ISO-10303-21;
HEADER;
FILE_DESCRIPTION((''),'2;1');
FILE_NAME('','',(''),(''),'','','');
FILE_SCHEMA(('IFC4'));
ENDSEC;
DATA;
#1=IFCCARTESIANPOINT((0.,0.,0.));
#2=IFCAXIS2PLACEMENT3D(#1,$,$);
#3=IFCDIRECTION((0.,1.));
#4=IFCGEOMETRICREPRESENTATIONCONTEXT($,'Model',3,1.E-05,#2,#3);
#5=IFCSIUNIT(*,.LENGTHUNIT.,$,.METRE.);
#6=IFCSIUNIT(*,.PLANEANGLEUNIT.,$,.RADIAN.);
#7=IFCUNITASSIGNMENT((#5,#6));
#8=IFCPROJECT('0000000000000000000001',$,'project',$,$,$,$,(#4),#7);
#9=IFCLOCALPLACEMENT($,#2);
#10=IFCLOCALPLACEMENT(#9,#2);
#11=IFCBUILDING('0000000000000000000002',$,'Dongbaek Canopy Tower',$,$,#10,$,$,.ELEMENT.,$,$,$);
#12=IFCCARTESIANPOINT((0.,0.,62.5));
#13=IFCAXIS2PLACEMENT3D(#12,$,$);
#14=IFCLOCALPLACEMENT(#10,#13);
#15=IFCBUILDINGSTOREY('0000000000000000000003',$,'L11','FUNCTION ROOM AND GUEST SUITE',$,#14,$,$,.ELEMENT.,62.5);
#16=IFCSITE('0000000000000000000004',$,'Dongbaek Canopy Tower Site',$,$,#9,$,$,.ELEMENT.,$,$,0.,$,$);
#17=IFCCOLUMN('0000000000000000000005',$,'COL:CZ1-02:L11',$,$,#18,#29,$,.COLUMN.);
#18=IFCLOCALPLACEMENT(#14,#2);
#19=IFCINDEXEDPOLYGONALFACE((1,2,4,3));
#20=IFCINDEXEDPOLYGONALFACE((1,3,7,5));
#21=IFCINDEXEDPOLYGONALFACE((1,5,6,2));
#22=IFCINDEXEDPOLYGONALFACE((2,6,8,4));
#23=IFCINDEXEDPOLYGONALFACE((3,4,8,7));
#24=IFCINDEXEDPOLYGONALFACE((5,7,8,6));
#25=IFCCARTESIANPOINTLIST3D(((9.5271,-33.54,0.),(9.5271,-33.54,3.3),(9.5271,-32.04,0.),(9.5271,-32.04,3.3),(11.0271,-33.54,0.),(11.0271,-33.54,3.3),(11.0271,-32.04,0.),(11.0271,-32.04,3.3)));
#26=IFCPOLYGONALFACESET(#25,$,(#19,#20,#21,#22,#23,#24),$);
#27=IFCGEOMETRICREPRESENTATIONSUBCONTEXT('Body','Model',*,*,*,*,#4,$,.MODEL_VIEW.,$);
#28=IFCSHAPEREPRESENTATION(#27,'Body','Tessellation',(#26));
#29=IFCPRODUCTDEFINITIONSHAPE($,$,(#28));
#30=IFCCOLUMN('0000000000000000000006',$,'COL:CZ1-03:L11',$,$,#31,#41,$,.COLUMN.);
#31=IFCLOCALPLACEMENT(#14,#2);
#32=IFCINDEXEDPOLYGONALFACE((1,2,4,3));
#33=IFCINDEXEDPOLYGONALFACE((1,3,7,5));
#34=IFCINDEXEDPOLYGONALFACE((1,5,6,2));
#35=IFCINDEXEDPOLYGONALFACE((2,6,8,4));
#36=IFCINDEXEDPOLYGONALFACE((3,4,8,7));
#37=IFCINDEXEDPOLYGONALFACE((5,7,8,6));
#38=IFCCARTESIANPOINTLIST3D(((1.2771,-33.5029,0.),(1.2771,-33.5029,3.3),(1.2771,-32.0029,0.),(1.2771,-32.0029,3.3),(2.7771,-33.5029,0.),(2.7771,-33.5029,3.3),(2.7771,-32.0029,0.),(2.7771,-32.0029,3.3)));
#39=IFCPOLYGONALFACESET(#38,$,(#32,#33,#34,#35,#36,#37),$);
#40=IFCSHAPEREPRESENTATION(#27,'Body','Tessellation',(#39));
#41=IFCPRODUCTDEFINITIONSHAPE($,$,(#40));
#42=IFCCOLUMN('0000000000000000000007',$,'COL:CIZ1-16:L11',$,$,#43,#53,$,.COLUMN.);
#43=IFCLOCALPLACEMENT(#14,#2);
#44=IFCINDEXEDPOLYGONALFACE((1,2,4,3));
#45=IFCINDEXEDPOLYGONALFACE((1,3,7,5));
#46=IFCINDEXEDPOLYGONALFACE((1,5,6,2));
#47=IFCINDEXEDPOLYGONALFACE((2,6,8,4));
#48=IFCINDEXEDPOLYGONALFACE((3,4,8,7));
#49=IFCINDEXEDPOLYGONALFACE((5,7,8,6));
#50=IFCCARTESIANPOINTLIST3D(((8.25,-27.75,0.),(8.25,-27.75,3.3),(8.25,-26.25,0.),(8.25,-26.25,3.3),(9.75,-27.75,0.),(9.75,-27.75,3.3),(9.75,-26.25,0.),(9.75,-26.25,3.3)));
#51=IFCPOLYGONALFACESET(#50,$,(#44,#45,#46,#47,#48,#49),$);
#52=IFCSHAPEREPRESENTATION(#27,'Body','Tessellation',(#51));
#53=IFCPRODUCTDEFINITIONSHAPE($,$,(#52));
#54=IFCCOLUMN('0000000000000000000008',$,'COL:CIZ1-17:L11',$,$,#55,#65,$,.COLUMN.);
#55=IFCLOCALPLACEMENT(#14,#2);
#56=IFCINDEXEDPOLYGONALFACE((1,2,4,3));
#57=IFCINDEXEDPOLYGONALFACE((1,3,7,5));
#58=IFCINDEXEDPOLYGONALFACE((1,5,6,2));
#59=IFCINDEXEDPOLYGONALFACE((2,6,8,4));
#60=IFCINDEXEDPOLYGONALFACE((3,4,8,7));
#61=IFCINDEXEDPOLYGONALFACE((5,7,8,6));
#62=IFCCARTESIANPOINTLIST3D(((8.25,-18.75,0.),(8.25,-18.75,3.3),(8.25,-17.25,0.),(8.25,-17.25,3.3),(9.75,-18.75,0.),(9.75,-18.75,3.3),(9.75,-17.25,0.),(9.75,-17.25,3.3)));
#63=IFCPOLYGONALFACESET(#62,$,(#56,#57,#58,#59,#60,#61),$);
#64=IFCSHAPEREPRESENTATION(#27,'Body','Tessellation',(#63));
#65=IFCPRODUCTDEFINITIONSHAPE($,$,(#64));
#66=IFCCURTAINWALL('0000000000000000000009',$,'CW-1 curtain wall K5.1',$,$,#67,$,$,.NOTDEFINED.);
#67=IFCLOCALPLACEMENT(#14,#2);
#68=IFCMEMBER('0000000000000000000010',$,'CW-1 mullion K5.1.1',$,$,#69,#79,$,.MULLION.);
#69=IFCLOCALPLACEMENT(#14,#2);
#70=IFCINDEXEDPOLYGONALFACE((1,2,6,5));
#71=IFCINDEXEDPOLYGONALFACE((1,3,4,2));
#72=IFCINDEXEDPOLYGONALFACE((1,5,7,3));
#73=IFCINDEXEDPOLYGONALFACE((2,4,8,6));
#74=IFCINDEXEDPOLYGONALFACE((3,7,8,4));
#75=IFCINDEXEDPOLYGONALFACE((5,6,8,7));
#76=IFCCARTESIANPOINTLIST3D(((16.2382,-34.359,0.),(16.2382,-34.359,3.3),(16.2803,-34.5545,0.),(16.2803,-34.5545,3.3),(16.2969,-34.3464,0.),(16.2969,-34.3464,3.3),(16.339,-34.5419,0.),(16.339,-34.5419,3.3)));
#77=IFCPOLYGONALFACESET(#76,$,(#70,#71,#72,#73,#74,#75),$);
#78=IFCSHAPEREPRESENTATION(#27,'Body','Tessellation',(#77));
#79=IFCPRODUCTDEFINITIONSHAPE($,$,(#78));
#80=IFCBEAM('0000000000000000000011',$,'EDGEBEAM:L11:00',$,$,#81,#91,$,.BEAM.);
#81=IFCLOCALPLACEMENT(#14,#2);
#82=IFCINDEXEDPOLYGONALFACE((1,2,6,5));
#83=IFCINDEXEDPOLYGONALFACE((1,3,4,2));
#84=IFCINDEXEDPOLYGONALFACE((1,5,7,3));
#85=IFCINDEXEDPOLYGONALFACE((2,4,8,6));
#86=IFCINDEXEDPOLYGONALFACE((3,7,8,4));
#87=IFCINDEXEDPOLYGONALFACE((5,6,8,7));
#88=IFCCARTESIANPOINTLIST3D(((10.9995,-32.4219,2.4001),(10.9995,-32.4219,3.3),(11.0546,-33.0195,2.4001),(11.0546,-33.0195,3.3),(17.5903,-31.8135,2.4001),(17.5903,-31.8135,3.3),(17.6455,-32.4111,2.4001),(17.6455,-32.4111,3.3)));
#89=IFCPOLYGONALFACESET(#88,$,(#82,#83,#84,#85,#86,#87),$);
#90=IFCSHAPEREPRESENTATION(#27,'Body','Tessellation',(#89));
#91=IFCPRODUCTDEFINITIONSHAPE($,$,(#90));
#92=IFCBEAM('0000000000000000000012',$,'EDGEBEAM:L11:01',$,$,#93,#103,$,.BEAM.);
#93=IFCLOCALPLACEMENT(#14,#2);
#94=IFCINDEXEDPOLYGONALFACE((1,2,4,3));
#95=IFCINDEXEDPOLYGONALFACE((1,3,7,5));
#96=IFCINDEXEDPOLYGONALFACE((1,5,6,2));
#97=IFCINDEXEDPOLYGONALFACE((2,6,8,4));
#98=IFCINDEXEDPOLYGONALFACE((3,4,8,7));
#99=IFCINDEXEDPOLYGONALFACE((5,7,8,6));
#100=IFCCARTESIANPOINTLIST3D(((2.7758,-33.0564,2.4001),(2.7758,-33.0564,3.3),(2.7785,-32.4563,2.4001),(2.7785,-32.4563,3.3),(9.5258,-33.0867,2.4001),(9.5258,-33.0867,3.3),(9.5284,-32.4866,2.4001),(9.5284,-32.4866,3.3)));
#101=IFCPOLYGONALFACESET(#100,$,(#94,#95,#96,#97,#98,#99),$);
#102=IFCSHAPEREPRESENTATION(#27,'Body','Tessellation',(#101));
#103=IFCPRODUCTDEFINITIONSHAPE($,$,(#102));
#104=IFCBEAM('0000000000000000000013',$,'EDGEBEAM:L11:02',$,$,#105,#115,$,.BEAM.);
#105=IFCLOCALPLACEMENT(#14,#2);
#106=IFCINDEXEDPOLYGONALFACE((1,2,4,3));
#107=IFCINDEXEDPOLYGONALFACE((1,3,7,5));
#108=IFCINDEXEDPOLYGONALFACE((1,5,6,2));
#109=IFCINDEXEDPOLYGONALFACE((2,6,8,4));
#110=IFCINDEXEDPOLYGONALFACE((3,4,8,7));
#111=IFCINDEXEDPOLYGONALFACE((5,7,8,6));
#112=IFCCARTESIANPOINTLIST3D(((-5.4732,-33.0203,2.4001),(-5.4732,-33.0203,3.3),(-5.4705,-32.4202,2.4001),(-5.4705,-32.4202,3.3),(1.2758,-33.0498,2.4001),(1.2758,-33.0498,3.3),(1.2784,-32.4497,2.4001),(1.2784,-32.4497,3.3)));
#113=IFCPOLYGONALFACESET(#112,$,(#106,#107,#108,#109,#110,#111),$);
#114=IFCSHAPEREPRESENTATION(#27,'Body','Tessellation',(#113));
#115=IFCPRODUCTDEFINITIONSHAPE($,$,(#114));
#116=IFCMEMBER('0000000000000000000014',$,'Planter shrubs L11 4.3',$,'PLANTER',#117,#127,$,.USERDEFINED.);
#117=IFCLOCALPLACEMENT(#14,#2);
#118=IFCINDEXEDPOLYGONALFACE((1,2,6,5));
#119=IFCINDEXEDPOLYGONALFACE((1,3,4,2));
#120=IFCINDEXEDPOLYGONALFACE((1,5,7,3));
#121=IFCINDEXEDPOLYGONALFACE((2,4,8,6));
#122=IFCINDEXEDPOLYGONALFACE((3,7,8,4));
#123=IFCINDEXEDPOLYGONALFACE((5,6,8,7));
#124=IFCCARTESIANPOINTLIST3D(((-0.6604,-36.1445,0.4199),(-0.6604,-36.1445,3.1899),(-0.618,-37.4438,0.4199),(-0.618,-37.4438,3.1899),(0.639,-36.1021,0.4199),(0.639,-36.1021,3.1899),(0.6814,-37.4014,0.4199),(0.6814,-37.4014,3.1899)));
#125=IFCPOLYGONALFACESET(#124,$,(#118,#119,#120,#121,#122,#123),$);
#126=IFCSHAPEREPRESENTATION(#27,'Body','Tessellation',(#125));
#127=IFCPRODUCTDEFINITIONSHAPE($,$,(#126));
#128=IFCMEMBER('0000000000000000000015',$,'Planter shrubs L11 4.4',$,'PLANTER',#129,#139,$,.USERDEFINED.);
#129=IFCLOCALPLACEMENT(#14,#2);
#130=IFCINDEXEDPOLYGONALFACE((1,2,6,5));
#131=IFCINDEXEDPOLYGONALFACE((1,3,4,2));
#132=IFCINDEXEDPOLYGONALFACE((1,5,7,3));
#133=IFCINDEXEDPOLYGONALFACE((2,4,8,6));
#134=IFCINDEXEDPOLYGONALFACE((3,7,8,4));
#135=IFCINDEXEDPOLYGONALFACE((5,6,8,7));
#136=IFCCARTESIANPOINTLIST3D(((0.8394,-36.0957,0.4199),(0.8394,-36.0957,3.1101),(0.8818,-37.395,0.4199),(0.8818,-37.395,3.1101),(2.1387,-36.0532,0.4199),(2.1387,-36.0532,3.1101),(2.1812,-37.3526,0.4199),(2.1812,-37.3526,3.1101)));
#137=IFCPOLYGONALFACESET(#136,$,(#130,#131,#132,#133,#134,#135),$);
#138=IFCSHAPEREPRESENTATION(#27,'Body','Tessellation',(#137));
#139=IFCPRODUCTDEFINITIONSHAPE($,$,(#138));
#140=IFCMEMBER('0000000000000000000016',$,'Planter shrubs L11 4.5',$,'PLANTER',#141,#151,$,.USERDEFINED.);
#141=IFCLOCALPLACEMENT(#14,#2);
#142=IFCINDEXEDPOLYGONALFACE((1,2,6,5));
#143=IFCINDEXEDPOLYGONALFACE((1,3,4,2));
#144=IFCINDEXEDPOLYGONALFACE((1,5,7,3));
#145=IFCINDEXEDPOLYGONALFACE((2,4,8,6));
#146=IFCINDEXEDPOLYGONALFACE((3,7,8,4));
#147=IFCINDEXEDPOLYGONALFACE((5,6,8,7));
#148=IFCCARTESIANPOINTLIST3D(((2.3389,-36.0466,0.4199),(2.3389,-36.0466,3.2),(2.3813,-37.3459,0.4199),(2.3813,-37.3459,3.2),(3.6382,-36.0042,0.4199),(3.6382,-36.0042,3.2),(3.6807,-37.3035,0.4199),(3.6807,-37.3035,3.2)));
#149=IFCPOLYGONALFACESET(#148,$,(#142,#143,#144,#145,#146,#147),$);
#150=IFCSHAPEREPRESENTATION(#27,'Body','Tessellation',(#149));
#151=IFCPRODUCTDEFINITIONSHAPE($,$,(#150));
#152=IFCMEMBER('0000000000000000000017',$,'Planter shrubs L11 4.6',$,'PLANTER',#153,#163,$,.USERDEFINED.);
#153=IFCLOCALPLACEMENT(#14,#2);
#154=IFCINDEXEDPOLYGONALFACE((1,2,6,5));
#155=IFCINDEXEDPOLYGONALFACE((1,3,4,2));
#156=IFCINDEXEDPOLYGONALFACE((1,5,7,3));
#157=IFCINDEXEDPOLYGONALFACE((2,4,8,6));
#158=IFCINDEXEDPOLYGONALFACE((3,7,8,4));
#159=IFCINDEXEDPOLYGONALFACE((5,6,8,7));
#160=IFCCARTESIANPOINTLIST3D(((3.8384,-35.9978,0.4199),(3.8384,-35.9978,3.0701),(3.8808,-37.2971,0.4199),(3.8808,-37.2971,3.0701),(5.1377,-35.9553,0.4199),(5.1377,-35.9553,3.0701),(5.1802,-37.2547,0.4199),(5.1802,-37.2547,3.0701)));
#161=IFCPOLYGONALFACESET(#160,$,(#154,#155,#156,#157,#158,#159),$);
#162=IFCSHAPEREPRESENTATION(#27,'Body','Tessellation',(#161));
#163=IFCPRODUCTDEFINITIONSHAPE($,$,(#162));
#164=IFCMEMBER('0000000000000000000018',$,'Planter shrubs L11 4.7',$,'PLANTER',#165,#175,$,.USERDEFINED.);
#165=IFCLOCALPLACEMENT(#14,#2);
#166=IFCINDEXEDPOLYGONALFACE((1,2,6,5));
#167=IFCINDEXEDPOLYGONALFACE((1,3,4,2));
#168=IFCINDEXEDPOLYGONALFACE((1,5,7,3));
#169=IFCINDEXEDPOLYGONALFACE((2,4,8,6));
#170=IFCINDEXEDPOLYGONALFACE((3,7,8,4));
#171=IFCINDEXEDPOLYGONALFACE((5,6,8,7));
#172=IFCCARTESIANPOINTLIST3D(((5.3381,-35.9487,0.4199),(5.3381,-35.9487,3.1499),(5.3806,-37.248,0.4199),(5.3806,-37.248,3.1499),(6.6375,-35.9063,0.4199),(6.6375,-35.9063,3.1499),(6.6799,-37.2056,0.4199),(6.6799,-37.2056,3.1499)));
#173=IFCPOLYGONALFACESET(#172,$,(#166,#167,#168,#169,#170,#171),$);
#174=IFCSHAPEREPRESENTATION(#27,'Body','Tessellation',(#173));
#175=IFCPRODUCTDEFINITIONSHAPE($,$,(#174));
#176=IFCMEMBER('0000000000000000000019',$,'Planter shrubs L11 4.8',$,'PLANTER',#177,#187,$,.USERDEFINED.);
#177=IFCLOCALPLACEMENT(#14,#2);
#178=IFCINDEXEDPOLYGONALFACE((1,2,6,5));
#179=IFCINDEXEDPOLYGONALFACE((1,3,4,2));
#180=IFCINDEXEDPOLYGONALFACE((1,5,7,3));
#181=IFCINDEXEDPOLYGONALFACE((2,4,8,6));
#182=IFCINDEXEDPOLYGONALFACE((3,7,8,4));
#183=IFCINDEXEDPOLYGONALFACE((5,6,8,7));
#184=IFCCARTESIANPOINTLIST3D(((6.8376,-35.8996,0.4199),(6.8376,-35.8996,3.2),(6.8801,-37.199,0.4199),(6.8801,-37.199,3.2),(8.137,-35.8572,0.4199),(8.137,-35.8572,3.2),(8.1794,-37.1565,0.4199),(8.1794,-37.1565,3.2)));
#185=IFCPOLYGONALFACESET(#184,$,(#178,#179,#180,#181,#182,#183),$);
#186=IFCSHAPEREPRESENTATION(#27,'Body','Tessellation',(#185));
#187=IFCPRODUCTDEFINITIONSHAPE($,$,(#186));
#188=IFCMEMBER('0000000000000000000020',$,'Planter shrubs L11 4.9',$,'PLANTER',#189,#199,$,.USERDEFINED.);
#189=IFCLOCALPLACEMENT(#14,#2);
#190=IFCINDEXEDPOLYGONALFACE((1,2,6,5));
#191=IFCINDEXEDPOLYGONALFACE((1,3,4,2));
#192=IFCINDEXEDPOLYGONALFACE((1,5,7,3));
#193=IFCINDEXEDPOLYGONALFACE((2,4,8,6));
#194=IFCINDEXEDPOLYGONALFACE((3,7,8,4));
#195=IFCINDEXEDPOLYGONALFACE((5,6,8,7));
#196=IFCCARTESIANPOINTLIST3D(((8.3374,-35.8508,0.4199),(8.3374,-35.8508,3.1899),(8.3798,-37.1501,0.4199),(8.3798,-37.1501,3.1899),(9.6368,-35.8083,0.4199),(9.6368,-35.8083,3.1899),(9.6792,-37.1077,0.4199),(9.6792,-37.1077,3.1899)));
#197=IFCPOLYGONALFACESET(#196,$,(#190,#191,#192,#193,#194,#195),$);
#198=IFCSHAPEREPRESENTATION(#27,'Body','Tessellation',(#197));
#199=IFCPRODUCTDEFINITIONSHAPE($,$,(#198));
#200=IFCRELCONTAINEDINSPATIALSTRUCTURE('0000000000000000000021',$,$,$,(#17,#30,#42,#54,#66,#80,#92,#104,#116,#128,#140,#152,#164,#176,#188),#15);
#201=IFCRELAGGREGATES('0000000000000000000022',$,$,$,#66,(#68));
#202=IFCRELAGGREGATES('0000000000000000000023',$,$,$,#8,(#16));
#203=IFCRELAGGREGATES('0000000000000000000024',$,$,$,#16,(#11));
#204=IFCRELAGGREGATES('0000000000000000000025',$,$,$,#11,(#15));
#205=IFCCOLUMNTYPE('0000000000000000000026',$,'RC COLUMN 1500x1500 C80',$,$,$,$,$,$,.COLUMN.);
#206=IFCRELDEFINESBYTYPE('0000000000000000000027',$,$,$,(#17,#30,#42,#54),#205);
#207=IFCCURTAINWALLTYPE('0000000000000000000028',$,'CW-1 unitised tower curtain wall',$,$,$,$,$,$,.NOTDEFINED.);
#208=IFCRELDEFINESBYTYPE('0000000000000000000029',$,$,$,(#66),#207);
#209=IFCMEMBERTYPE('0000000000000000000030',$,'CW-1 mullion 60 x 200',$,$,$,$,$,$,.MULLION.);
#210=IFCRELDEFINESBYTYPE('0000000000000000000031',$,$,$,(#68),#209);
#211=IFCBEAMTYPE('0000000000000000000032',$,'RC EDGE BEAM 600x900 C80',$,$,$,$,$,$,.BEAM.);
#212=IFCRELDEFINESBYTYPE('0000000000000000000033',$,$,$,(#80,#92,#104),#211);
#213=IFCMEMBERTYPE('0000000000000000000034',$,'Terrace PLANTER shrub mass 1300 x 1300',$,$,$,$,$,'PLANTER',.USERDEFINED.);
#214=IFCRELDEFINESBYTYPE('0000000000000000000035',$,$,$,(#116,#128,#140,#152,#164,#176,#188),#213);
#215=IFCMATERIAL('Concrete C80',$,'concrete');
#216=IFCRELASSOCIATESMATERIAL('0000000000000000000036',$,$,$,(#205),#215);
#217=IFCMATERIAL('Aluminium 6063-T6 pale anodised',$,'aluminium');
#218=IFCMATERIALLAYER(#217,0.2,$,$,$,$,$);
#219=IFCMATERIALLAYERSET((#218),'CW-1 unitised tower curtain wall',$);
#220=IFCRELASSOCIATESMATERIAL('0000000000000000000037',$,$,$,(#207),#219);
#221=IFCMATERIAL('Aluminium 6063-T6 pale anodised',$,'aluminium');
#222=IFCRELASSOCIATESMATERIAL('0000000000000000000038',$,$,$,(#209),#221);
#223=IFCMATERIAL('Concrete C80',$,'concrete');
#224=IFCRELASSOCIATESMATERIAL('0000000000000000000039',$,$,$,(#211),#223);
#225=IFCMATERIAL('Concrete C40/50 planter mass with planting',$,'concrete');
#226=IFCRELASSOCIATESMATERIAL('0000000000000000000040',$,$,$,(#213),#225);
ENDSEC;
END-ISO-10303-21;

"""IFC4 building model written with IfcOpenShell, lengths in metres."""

from ifc_helpers import new_model, si_unit, direction, frame, origin, origin_2d, place, context, subcontext, project, spatial, rectangle, extrude, material, layer, layer_set, material_profile, profile_set, type_object, element, aggregate, save


model = new_model("IFC4")

# Units and contexts
model_context = context("Model", 3, precision=1e-05, world=origin(), true_north=direction((0.0, 1.0)))
body_context = subcontext(model_context, "Body", "Model", "MODEL_VIEW")
ifc_project = project(units=[si_unit("LENGTHUNIT", "METRE"), si_unit("PLANEANGLEUNIT", "RADIAN")], contexts=[model_context])

# Site, building, storey
site_placement = place(None, origin())
site = spatial("IfcSite", under=ifc_project, at=site_placement, Name="Dongbaek Canopy Tower Site", CompositionType="ELEMENT", RefElevation=0.0)
building_placement = place(site_placement, origin())
building = spatial("IfcBuilding", under=site, at=building_placement, Name="Dongbaek Canopy Tower", CompositionType="ELEMENT")
storey_placement = place(building_placement, frame((0.0, 0.0, 62.5)))
storey = spatial("IfcBuildingStorey", under=building, at=storey_placement, Name="L11", Description="FUNCTION ROOM AND GUEST SUITE", CompositionType="ELEMENT", Elevation=62.5)

# Columns
ifc_material_1 = material(Name="Concrete C80", Category="concrete")
ifc_material_profile_1 = material_profile(ifc_material_1, rectangle(XDim=1.5, YDim=1.5, at=origin_2d()), Name="RC COLUMN 1500x1500 C80")
ifc_profile_set_1 = profile_set([ifc_material_profile_1], Name="Concrete C80")
column_type = type_object("IfcColumnType", Name="RC COLUMN 1500x1500 C80", PredefinedType="COLUMN", material=ifc_profile_set_1)
for number, where, z_axis, x_axis, name in (
    (1, (10.2771, -32.79, 0.0), (0.0, 0.0, 1.0), (1.0, 0.0, 0.0), "COL:CZ1-02:L11"),
    (2, (2.0271, -32.7529, 0.0), (0.0, 0.0, 1.0), (1.0, 0.0, 0.0), "COL:CZ1-03:L11"),
    (3, (9.0, -27.0, 0.0), (0.0, 0.0, 1.0), (1.0, 0.0, 0.0), "COL:CIZ1-16:L11"),
    (4, (9.0, -18.0, 0.0), (0.0, 0.0, 1.0), (1.0, 0.0, 0.0), "COL:CIZ1-17:L11"),
):
    element("IfcColumn", number, at=place(storey_placement, frame(where, z_axis=z_axis, x_axis=x_axis)), inside=storey, type_object=column_type, Name=name, PredefinedType="COLUMN", context=body_context, shape_type="SweptSolid", body=[
        extrude(rectangle(XDim=1.5, YDim=1.5, at=origin_2d()), origin(), (0.0, 0.0, 1.0), 3.3),
    ])

# Curtain wall, member
ifc_material_2 = material(Name="Aluminium 6063-T6 pale anodised", Category="aluminium")
ifc_layer_1 = layer(ifc_material_2, 0.2)
ifc_layer_set_1 = layer_set([ifc_layer_1], Name="CW-1 unitised tower curtain wall")
curtain_wall_type = type_object("IfcCurtainWallType", Name="CW-1 unitised tower curtain wall", PredefinedType="NOTDEFINED", material=ifc_layer_set_1)
curtain_wall_placement = place(storey_placement, origin())
curtain_wall = element("IfcCurtainWall", 5, at=curtain_wall_placement, inside=storey, type_object=curtain_wall_type, Name="CW-1 curtain wall K5.1", PredefinedType="NOTDEFINED")
ifc_material_3 = material(Name="Aluminium 6063-T6 pale anodised", Category="aluminium")
ifc_material_profile_2 = material_profile(ifc_material_3, rectangle(XDim=0.2, YDim=0.0601, at=origin_2d()), Name="CW-1 mullion 60 x 200")
ifc_profile_set_2 = profile_set([ifc_material_profile_2], Name="Aluminium 6063-T6 pale anodised")
member_type_1 = type_object("IfcMemberType", Name="CW-1 mullion 60 x 200", PredefinedType="MULLION", material=ifc_profile_set_2)
member_1_placement = place(storey_placement, frame((16.2886, -34.4504, 0.0), z_axis=(0.0, 0.0, 1.0), x_axis=(0.210435, -0.977608, 0.0)))
member_1 = element("IfcMember", 6, at=member_1_placement, type_object=member_type_1, Name="CW-1 mullion K5.1.1", PredefinedType="MULLION", context=body_context, shape_type="SweptSolid", body=[
    extrude(rectangle(XDim=0.2, YDim=0.0601, at=origin_2d()), origin(), (0.0, 0.0, 1.0), 3.3),
])

# Beams
ifc_material_4 = material(Name="Concrete C80", Category="concrete")
ifc_material_profile_3 = material_profile(ifc_material_4, rectangle(XDim=0.6001, YDim=0.8999, at=origin_2d()), Name="RC EDGE BEAM 600x900 C80")
ifc_profile_set_3 = profile_set([ifc_material_profile_3], Name="Concrete C80")
beam_type = type_object("IfcBeamType", Name="RC EDGE BEAM 600x900 C80", PredefinedType="BEAM", material=ifc_profile_set_3)
beam_1_placement = place(storey_placement, frame((17.6179, -32.1123, 2.8501), z_axis=(-0.995766, -0.091919, 0.0), x_axis=(0.091919, -0.995766, 0.0)))
element("IfcBeam", 7, at=beam_1_placement, inside=storey, type_object=beam_type, Name="EDGEBEAM:L11:00", PredefinedType="BEAM", context=body_context, shape_type="SweptSolid", body=[
    extrude(rectangle(XDim=0.6001, YDim=0.8999, at=origin_2d()), origin(), (0.0, 0.0, 1.0), 6.6189),
])
beam_2_placement = place(storey_placement, frame((9.5271, -32.7866, 2.8501), z_axis=(-0.99999, 0.004485, 0.0), x_axis=(-0.004485, -0.99999, 0.0)))
element("IfcBeam", 8, at=beam_2_placement, inside=storey, type_object=beam_type, Name="EDGEBEAM:L11:01", PredefinedType="BEAM", context=body_context, shape_type="SweptSolid", body=[
    extrude(rectangle(XDim=0.6001, YDim=0.8999, at=origin_2d()), origin(), (0.0, 0.0, 1.0), 6.75),
])
beam_3_placement = place(storey_placement, frame((1.2771, -32.7498, 2.8501), z_axis=(-0.99999, 0.004377, 0.0), x_axis=(-0.004377, -0.99999, 0.0)))
element("IfcBeam", 9, at=beam_3_placement, inside=storey, type_object=beam_type, Name="EDGEBEAM:L11:02", PredefinedType="BEAM", context=body_context, shape_type="SweptSolid", body=[
    extrude(rectangle(XDim=0.6001, YDim=0.8999, at=origin_2d()), origin(), (0.0, 0.0, 1.0), 6.749),
])

# Members
ifc_material_5 = material(Name="Concrete C40/50 planter mass with planting", Category="concrete")
ifc_material_profile_4 = material_profile(ifc_material_5, rectangle(XDim=1.3, YDim=1.3, at=origin_2d()), Name="Terrace PLANTER shrub mass 1300 x 1300")
ifc_profile_set_4 = profile_set([ifc_material_profile_4], Name="Concrete C40/50 planter mass with planting")
member_type_2 = type_object("IfcMemberType", Name="Terrace PLANTER shrub mass 1300 x 1300", ElementType="PLANTER", PredefinedType="USERDEFINED", material=ifc_profile_set_4)
member_2_placement = place(storey_placement, frame((0.0105, -36.7729, 0.4199), z_axis=(0.0, 0.0, 1.0), x_axis=(0.032646, -0.999467, 0.0)))
element("IfcMember", 10, at=member_2_placement, inside=storey, type_object=member_type_2, Name="Planter shrubs L11 4.3", ObjectType="PLANTER", PredefinedType="USERDEFINED", context=body_context, shape_type="SweptSolid", body=[
    extrude(rectangle(XDim=1.3, YDim=1.3, at=origin_2d()), origin(), (0.0, 0.0, 1.0), 2.77),
])
member_3_placement = place(storey_placement, frame((1.5103, -36.7241, 0.4199), z_axis=(0.0, 0.0, 1.0), x_axis=(0.032646, -0.999467, 0.0)))
element("IfcMember", 11, at=member_3_placement, inside=storey, type_object=member_type_2, Name="Planter shrubs L11 4.4", ObjectType="PLANTER", PredefinedType="USERDEFINED", context=body_context, shape_type="SweptSolid", body=[
    extrude(rectangle(XDim=1.3, YDim=1.3, at=origin_2d()), origin(), (0.0, 0.0, 1.0), 2.6902),
])
member_4_placement = place(storey_placement, frame((3.0098, -36.675, 0.4199), z_axis=(0.0, 0.0, 1.0), x_axis=(0.032646, -0.999467, 0.0)))
element("IfcMember", 12, at=member_4_placement, inside=storey, type_object=member_type_2, Name="Planter shrubs L11 4.5", ObjectType="PLANTER", PredefinedType="USERDEFINED", context=body_context, shape_type="SweptSolid", body=[
    extrude(rectangle(XDim=1.3, YDim=1.3, at=origin_2d()), origin(), (0.0, 0.0, 1.0), 2.78),
])
member_5_placement = place(storey_placement, frame((4.5093, -36.6262, 0.4199), z_axis=(0.0, 0.0, 1.0), x_axis=(0.032646, -0.999467, 0.0)))
element("IfcMember", 13, at=member_5_placement, inside=storey, type_object=member_type_2, Name="Planter shrubs L11 4.6", ObjectType="PLANTER", PredefinedType="USERDEFINED", context=body_context, shape_type="SweptSolid", body=[
    extrude(rectangle(XDim=1.3, YDim=1.3, at=origin_2d()), origin(), (0.0, 0.0, 1.0), 2.6501),
])
member_6_placement = place(storey_placement, frame((6.009, -36.5771, 0.4199), z_axis=(0.0, 0.0, 1.0), x_axis=(0.032646, -0.999467, 0.0)))
element("IfcMember", 14, at=member_6_placement, inside=storey, type_object=member_type_2, Name="Planter shrubs L11 4.7", ObjectType="PLANTER", PredefinedType="USERDEFINED", context=body_context, shape_type="SweptSolid", body=[
    extrude(rectangle(XDim=1.3, YDim=1.3, at=origin_2d()), origin(), (0.0, 0.0, 1.0), 2.73),
])
member_7_placement = place(storey_placement, frame((7.5085, -36.5281, 0.4199), z_axis=(0.0, 0.0, 1.0), x_axis=(0.032646, -0.999467, 0.0)))
element("IfcMember", 15, at=member_7_placement, inside=storey, type_object=member_type_2, Name="Planter shrubs L11 4.8", ObjectType="PLANTER", PredefinedType="USERDEFINED", context=body_context, shape_type="SweptSolid", body=[
    extrude(rectangle(XDim=1.3, YDim=1.3, at=origin_2d()), origin(), (0.0, 0.0, 1.0), 2.78),
])
member_8_placement = place(storey_placement, frame((9.0083, -36.4792, 0.4199), z_axis=(0.0, 0.0, 1.0), x_axis=(0.032646, -0.999467, 0.0)))
element("IfcMember", 16, at=member_8_placement, inside=storey, type_object=member_type_2, Name="Planter shrubs L11 4.9", ObjectType="PLANTER", PredefinedType="USERDEFINED", context=body_context, shape_type="SweptSolid", body=[
    extrude(rectangle(XDim=1.3, YDim=1.3, at=origin_2d()), origin(), (0.0, 0.0, 1.0), 2.77),
])

aggregate(curtain_wall, [member_1])

save(model, "model.ifc")
